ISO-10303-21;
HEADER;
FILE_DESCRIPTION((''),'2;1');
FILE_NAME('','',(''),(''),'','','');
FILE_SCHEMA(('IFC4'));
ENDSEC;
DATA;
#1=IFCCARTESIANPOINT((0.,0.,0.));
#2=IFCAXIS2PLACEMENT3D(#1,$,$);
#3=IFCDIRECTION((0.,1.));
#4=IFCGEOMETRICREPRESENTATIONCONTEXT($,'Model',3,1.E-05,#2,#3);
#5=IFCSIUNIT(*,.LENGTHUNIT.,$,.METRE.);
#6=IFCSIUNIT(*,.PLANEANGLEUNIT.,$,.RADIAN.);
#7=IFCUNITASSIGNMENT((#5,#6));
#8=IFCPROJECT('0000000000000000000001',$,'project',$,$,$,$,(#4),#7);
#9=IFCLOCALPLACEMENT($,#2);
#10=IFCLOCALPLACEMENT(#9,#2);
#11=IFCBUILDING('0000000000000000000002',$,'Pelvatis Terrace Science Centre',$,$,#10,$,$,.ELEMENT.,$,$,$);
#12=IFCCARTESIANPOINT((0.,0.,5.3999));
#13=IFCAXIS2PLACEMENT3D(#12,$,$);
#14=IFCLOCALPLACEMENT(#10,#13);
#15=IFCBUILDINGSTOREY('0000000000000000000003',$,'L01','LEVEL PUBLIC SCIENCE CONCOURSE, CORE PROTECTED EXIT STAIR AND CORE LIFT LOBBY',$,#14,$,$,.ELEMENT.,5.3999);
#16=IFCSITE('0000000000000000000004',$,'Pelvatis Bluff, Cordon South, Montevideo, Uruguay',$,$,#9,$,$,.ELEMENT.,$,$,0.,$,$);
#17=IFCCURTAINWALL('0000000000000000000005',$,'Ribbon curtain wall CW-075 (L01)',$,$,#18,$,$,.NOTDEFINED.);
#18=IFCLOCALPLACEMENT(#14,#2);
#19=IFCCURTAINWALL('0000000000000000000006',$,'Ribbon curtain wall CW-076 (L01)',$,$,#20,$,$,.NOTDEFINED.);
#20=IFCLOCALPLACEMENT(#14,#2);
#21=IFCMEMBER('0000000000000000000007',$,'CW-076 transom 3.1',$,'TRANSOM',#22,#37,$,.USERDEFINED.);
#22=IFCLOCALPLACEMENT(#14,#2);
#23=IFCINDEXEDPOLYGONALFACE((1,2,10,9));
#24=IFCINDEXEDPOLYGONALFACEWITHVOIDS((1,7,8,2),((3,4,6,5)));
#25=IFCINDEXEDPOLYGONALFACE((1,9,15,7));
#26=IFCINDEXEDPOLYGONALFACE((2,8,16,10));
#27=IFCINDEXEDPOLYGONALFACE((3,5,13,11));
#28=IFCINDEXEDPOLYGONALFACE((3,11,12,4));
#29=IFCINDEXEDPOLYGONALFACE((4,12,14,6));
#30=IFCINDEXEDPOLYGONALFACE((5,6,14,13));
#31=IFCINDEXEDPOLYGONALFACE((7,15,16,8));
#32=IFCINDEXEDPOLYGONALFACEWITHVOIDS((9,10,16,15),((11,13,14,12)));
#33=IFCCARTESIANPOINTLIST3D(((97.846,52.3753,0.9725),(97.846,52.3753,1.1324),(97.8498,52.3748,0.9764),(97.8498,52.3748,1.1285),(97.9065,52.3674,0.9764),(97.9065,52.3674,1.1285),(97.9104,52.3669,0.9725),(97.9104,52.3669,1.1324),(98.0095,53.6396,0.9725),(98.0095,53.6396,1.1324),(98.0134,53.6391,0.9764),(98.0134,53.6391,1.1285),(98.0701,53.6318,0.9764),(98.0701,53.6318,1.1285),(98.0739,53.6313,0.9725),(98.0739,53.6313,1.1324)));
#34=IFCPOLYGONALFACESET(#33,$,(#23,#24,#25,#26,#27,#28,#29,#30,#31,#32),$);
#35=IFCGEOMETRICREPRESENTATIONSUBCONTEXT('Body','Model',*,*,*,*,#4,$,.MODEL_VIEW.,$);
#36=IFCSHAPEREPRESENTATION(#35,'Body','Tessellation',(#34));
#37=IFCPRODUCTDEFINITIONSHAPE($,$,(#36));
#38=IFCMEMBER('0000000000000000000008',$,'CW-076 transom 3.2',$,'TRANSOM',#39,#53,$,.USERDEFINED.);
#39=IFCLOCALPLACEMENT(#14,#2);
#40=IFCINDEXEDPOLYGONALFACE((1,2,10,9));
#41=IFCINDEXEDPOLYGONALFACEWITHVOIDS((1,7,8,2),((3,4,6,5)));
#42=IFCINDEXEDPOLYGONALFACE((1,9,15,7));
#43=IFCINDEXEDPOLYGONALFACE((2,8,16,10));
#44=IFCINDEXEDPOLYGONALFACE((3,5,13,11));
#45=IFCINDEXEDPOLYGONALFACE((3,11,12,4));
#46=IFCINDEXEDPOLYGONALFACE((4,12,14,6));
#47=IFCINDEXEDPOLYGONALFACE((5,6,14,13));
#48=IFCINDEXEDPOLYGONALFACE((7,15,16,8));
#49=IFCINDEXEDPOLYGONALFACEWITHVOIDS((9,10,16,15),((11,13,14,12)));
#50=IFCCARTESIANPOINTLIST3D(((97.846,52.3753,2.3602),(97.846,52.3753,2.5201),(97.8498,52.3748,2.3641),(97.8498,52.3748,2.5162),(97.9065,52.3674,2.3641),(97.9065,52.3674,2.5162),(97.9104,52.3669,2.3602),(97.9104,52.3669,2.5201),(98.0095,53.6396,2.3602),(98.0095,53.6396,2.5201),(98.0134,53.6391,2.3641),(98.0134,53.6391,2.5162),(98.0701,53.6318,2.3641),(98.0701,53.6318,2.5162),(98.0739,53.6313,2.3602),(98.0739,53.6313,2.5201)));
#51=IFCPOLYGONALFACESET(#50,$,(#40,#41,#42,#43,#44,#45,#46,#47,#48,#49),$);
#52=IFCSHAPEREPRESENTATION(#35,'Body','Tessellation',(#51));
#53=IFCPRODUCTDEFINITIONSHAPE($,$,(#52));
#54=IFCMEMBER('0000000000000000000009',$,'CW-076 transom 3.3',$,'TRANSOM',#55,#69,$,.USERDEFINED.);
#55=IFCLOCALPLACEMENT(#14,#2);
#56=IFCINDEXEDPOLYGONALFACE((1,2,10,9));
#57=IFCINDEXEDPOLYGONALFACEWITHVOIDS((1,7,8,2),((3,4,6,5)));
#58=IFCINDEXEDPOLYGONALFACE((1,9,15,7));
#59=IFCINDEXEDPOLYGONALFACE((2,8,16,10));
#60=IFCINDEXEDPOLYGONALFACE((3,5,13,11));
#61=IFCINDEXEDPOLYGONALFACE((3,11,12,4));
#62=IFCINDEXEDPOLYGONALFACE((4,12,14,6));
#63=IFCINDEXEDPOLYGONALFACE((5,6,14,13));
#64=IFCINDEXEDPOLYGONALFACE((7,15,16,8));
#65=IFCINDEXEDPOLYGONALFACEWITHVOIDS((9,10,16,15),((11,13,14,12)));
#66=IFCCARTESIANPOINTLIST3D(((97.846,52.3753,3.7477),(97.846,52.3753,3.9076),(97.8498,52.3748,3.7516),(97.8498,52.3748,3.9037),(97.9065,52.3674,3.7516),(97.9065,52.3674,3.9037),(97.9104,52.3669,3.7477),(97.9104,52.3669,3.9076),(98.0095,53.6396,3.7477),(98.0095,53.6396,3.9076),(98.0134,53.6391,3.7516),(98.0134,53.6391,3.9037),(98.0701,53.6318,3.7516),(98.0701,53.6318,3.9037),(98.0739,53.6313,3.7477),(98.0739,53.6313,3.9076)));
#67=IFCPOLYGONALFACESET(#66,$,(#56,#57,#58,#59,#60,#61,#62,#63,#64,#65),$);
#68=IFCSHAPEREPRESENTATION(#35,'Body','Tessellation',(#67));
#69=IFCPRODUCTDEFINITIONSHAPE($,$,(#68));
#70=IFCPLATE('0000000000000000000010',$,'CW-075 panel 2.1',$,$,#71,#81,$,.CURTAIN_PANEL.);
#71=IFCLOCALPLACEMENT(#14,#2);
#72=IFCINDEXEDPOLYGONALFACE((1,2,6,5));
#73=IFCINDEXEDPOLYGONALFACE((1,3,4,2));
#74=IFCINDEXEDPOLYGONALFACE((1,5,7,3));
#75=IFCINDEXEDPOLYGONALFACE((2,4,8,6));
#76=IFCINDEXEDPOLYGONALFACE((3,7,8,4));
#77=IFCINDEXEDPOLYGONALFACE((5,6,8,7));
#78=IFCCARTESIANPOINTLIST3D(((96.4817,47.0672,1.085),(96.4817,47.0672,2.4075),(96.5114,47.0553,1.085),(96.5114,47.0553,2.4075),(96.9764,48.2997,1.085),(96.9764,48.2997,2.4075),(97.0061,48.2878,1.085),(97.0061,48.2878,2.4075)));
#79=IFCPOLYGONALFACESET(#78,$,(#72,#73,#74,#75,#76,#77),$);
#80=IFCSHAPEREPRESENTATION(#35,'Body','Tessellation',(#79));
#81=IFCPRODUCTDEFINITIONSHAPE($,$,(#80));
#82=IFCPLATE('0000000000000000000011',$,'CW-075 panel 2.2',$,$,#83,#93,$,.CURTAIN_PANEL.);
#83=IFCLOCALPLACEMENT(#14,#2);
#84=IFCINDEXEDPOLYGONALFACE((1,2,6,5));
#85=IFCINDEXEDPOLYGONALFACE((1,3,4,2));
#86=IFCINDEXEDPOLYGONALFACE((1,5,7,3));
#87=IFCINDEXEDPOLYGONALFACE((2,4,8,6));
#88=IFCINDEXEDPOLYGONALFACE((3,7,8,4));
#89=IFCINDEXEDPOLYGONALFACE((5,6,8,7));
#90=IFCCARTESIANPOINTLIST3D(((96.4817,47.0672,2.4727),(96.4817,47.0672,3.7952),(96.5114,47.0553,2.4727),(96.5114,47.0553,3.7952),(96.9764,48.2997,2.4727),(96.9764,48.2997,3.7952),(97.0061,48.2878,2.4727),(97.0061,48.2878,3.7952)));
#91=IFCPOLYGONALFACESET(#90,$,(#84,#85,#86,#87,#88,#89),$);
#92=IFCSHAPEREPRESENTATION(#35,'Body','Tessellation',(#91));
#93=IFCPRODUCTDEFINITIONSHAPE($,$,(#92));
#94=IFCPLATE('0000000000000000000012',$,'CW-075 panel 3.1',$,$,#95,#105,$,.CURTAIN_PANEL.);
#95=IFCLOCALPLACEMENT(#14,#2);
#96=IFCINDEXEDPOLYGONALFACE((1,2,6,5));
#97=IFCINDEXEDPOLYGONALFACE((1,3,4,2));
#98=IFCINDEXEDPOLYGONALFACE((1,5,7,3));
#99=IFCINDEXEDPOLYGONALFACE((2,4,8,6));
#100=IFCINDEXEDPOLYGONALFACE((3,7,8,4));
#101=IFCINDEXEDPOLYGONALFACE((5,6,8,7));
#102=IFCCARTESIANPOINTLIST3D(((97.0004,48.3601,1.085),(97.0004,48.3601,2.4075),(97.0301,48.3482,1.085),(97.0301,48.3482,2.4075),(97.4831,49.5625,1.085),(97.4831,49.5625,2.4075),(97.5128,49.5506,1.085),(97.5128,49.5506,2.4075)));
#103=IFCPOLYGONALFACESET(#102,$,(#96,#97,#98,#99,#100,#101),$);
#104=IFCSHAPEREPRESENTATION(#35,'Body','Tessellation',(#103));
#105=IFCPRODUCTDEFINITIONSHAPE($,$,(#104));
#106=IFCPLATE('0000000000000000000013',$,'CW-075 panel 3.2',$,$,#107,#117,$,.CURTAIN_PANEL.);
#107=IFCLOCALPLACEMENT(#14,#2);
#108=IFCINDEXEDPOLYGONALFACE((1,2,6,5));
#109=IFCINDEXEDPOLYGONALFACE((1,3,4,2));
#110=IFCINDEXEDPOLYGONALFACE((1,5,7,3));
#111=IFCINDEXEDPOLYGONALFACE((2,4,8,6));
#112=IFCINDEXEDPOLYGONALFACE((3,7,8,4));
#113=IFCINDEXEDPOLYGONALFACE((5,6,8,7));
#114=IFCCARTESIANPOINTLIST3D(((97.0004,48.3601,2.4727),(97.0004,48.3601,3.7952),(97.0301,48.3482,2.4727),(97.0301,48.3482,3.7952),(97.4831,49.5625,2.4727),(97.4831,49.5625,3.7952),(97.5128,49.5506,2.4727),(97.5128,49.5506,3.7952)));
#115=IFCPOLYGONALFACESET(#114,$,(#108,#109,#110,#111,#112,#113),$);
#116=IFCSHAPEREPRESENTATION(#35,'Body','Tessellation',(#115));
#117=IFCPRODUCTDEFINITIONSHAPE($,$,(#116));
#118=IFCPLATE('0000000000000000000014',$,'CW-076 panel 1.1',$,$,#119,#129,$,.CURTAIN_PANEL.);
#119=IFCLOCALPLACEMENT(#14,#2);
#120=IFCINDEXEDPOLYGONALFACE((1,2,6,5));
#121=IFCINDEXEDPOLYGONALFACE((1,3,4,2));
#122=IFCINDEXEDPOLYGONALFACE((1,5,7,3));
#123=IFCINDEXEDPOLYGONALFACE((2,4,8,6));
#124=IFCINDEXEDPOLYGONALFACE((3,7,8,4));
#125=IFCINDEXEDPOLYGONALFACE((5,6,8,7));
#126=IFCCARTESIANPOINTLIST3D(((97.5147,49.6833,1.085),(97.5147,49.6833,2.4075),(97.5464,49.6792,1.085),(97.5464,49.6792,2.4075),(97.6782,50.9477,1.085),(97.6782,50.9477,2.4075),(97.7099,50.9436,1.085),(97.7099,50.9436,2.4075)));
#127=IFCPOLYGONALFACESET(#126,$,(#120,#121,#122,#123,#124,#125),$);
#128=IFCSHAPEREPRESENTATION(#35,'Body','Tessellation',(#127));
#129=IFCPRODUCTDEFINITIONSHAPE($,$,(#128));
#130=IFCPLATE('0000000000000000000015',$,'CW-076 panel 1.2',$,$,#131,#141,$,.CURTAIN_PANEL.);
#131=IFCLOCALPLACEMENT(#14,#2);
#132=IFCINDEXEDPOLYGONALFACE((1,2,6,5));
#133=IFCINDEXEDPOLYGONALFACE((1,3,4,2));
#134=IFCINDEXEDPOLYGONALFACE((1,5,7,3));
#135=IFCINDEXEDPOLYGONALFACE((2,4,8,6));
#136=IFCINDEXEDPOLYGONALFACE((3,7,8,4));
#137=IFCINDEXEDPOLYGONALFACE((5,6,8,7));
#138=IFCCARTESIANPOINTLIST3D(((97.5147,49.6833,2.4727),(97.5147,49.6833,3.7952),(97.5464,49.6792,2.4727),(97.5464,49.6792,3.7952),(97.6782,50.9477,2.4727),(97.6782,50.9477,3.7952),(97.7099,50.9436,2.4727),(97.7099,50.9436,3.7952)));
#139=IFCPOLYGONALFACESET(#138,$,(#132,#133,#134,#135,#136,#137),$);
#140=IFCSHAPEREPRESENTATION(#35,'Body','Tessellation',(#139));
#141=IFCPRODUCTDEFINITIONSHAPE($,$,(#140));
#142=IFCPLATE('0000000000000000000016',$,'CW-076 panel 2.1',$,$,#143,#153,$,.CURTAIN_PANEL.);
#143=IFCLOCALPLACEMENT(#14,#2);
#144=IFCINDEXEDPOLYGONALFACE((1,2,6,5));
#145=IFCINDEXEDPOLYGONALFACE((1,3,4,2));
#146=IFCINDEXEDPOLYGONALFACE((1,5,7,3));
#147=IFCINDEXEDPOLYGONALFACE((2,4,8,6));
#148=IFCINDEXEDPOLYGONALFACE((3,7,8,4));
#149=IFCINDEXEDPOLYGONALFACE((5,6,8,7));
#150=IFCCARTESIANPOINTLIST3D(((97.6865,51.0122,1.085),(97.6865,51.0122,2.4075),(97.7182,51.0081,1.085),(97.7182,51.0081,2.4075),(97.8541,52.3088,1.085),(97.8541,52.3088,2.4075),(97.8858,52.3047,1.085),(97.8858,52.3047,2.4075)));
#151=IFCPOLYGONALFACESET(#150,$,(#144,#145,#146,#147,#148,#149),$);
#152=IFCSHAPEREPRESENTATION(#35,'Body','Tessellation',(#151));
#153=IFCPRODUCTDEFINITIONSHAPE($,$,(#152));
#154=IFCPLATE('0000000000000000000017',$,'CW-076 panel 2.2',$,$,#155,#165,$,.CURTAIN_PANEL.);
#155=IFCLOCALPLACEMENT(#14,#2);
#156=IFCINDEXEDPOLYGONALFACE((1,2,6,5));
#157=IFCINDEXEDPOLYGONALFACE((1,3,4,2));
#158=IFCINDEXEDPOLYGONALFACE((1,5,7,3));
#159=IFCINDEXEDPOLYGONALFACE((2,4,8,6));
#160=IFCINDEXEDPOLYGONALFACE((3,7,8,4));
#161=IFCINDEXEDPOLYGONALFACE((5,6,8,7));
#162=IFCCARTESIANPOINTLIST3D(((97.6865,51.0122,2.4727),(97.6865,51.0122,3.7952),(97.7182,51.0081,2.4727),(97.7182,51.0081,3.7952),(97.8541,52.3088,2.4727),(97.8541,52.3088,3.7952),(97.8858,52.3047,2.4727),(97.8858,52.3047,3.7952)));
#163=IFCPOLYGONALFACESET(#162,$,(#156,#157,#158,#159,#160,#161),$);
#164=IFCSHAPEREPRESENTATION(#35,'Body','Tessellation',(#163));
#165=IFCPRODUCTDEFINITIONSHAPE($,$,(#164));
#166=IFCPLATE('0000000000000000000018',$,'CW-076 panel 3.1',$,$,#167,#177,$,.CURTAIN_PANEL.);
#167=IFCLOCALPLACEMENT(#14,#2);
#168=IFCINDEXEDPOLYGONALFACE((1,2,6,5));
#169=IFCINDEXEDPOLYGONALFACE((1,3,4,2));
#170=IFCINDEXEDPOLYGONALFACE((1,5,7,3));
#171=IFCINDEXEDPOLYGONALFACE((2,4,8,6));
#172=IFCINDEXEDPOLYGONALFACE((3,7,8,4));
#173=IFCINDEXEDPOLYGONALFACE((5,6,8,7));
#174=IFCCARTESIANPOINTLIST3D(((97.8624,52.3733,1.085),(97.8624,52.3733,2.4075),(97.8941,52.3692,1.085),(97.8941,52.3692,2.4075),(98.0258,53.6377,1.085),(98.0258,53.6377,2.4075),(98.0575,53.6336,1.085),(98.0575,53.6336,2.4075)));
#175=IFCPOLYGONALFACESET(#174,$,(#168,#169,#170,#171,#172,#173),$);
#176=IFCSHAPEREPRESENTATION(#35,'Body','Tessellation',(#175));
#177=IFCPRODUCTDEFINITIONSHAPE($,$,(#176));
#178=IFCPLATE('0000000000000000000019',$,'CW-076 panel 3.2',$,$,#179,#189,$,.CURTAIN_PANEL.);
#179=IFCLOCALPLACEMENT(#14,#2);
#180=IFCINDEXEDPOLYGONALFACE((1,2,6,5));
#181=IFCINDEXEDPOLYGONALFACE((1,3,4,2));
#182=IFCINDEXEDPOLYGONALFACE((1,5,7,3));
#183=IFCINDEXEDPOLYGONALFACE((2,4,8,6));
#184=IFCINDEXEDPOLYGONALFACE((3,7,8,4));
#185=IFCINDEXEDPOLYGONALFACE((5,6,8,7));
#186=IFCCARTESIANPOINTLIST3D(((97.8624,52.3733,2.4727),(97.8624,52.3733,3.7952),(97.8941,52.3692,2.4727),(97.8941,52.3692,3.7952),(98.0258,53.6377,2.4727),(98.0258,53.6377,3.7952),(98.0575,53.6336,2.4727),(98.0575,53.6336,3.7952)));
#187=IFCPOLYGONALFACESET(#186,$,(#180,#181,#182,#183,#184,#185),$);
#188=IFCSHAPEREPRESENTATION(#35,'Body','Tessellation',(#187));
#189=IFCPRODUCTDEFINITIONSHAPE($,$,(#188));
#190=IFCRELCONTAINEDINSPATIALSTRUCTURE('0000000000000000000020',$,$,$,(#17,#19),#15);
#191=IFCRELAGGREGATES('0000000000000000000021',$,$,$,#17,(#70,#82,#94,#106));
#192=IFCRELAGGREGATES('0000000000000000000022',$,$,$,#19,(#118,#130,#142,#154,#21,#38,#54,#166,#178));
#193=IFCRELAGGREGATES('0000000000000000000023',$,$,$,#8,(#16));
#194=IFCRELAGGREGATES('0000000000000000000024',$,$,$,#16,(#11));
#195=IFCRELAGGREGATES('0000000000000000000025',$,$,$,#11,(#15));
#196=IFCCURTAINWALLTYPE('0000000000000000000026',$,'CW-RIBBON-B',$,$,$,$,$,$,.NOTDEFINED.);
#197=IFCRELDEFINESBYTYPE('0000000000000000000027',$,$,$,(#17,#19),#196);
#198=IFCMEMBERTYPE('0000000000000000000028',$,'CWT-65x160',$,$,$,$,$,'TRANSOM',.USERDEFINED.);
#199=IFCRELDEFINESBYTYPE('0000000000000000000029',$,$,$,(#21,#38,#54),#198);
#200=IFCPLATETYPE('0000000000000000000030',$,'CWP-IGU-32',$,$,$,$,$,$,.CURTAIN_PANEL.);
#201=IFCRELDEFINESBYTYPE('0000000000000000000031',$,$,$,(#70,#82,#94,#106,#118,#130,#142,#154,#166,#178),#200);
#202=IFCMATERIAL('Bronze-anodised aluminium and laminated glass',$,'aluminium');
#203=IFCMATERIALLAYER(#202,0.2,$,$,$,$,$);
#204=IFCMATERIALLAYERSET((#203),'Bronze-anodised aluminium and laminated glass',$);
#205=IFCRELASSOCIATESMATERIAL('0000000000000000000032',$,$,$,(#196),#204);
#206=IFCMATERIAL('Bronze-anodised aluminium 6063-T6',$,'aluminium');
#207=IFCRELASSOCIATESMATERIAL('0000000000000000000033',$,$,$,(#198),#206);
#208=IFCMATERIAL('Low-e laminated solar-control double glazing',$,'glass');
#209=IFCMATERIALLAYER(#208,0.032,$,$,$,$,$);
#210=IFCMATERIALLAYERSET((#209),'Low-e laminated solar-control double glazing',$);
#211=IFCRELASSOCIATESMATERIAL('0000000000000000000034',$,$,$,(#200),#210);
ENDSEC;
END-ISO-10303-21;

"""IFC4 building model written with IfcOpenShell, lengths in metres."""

from ifc_helpers import new_model, si_unit, direction, frame, origin, origin_2d, place, context, subcontext, project, spatial, rectangle, hollow_rectangle, extrude, material, layer, layer_set, material_profile, profile_set, type_object, element, aggregate, save


model = new_model("IFC4")

# Units and contexts
model_context = context("Model", 3, precision=1e-05, world=origin(), true_north=direction((0.0, 1.0)))
body_context = subcontext(model_context, "Body", "Model", "MODEL_VIEW")
ifc_project = project(units=[si_unit("LENGTHUNIT", "METRE"), si_unit("PLANEANGLEUNIT", "RADIAN")], contexts=[model_context])

# Site, building, storey
site_placement = place(None, origin())
site = spatial("IfcSite", under=ifc_project, at=site_placement, Name="Pelvatis Bluff, Cordon South, Montevideo, Uruguay", CompositionType="ELEMENT", RefElevation=0.0)
building_placement = place(site_placement, origin())
building = spatial("IfcBuilding", under=site, at=building_placement, Name="Pelvatis Terrace Science Centre", CompositionType="ELEMENT")
storey_placement = place(building_placement, frame((0.0, 0.0, 5.3999)))
storey = spatial("IfcBuildingStorey", under=building, at=storey_placement, Name="L01", Description="LEVEL PUBLIC SCIENCE CONCOURSE, CORE PROTECTED EXIT STAIR AND CORE LIFT LOBBY", CompositionType="ELEMENT", Elevation=5.3999)

# Curtain walls
ifc_material_1 = material(Name="Bronze-anodised aluminium and laminated glass", Category="aluminium")
ifc_layer_1 = layer(ifc_material_1, 0.2)
ifc_layer_set_1 = layer_set([ifc_layer_1], Name="Bronze-anodised aluminium and laminated glass")
curtain_wall_type = type_object("IfcCurtainWallType", Name="CW-RIBBON-B", PredefinedType="NOTDEFINED", material=ifc_layer_set_1)
curtain_wall_1_placement = place(storey_placement, origin())
curtain_wall_1 = element("IfcCurtainWall", 1, at=curtain_wall_1_placement, inside=storey, type_object=curtain_wall_type, Name="Ribbon curtain wall CW-075 (L01)", PredefinedType="NOTDEFINED")
curtain_wall_2_placement = place(storey_placement, origin())
curtain_wall_2 = element("IfcCurtainWall", 2, at=curtain_wall_2_placement, inside=storey, type_object=curtain_wall_type, Name="Ribbon curtain wall CW-076 (L01)", PredefinedType="NOTDEFINED")

# Members
ifc_material_2 = material(Name="Bronze-anodised aluminium 6063-T6", Category="aluminium")
ifc_material_profile_1 = material_profile(ifc_material_2, hollow_rectangle(XDim=0.0649, YDim=0.1599, WallThickness=0.0039, at=origin_2d()), Name="ALU-TRN 65x160")
ifc_profile_set_1 = profile_set([ifc_material_profile_1], Name="Bronze-anodised aluminium 6063-T6")
member_type_1 = type_object("IfcMemberType", Name="CWT-65x160", ElementType="TRANSOM", PredefinedType="USERDEFINED", material=ifc_profile_set_1)
member_1_placement = place(storey_placement, frame((97.8782, 52.3711, 1.0525), z_axis=(0.128299, 0.991735, 0.0), x_axis=(-0.991735, 0.128299, 0.0)))
member_1 = element("IfcMember", 3, at=member_1_placement, type_object=member_type_1, Name="CW-076 transom 3.1", ObjectType="TRANSOM", PredefinedType="USERDEFINED", context=body_context, shape_type="SweptSolid", body=[
    extrude(hollow_rectangle(XDim=0.0649, YDim=0.1599, WallThickness=0.0039, at=origin_2d()), origin(), (0.0, 0.0, 1.0), 1.2749),
])
member_2_placement = place(storey_placement, frame((97.8782, 52.3711, 2.4402), z_axis=(0.128299, 0.991735, 0.0), x_axis=(-0.991735, 0.128299, 0.0)))
member_2 = element("IfcMember", 4, at=member_2_placement, type_object=member_type_1, Name="CW-076 transom 3.2", ObjectType="TRANSOM", PredefinedType="USERDEFINED", context=body_context, shape_type="SweptSolid", body=[
    extrude(hollow_rectangle(XDim=0.0649, YDim=0.1599, WallThickness=0.0039, at=origin_2d()), origin(), (0.0, 0.0, 1.0), 1.2749),
])
member_3_placement = place(storey_placement, frame((97.8782, 52.3711, 3.8276), z_axis=(0.128299, 0.991735, 0.0), x_axis=(-0.991735, 0.128299, 0.0)))
member_3 = element("IfcMember", 5, at=member_3_placement, type_object=member_type_1, Name="CW-076 transom 3.3", ObjectType="TRANSOM", PredefinedType="USERDEFINED", context=body_context, shape_type="SweptSolid", body=[
    extrude(hollow_rectangle(XDim=0.0649, YDim=0.1599, WallThickness=0.0039, at=origin_2d()), origin(), (0.0, 0.0, 1.0), 1.2749),
])

# Plates
ifc_material_3 = material(Name="Low-e laminated solar-control double glazing", Category="glass")
ifc_layer_2 = layer(ifc_material_3, 0.032)
ifc_layer_set_2 = layer_set([ifc_layer_2], Name="Low-e laminated solar-control double glazing")
plate_type = type_object("IfcPlateType", Name="CWP-IGU-32", PredefinedType="CURTAIN_PANEL", material=ifc_layer_set_2)
plate_1_placement = place(storey_placement, frame((96.7439, 47.6775, 1.085), z_axis=(0.0, 0.0, 1.0), x_axis=(0.372504, 0.92803, 0.0)))
plate_1 = element("IfcPlate", 6, at=plate_1_placement, type_object=plate_type, Name="CW-075 panel 2.1", PredefinedType="CURTAIN_PANEL", context=body_context, shape_type="SweptSolid", body=[
    extrude(rectangle(XDim=1.3281, YDim=0.032, at=origin_2d()), origin(), (0.0, 0.0, 1.0), 1.3225),
])
plate_2_placement = place(storey_placement, frame((96.7439, 47.6775, 2.4727), z_axis=(0.0, 0.0, 1.0), x_axis=(0.372504, 0.92803, 0.0)))
plate_2 = element("IfcPlate", 7, at=plate_2_placement, type_object=plate_type, Name="CW-075 panel 2.2", PredefinedType="CURTAIN_PANEL", context=body_context, shape_type="SweptSolid", body=[
    extrude(rectangle(XDim=1.3281, YDim=0.032, at=origin_2d()), origin(), (0.0, 0.0, 1.0), 1.3225),
])
plate_3_placement = place(storey_placement, frame((97.2566, 48.9553, 1.085), z_axis=(0.0, 0.0, 1.0), x_axis=(0.372504, 0.92803, 0.0)))
plate_3 = element("IfcPlate", 8, at=plate_3_placement, type_object=plate_type, Name="CW-075 panel 3.1", PredefinedType="CURTAIN_PANEL", context=body_context, shape_type="SweptSolid", body=[
    extrude(rectangle(XDim=1.2957, YDim=0.032, at=origin_2d()), origin(), (0.0, 0.0, 1.0), 1.3225),
])
plate_4_placement = place(storey_placement, frame((97.2566, 48.9553, 2.4727), z_axis=(0.0, 0.0, 1.0), x_axis=(0.372504, 0.92803, 0.0)))
plate_4 = element("IfcPlate", 9, at=plate_4_placement, type_object=plate_type, Name="CW-075 panel 3.2", PredefinedType="CURTAIN_PANEL", context=body_context, shape_type="SweptSolid", body=[
    extrude(rectangle(XDim=1.2957, YDim=0.032, at=origin_2d()), origin(), (0.0, 0.0, 1.0), 1.3225),
])
aggregate(curtain_wall_1, [plate_1, plate_2, plate_3, plate_4])
plate_5_placement = place(storey_placement, frame((97.6123, 50.3135, 1.085), z_axis=(0.0, 0.0, 1.0), x_axis=(0.128192, 0.991749, 0.0)))
plate_5 = element("IfcPlate", 10, at=plate_5_placement, type_object=plate_type, Name="CW-076 panel 1.1", PredefinedType="CURTAIN_PANEL", context=body_context, shape_type="SweptSolid", body=[
    extrude(rectangle(XDim=1.2749, YDim=0.032, at=origin_2d()), origin(), (0.0, 0.0, 1.0), 1.3225),
])
plate_6_placement = place(storey_placement, frame((97.6123, 50.3135, 2.4727), z_axis=(0.0, 0.0, 1.0), x_axis=(0.128192, 0.991749, 0.0)))
plate_6 = element("IfcPlate", 11, at=plate_6_placement, type_object=plate_type, Name="CW-076 panel 1.2", PredefinedType="CURTAIN_PANEL", context=body_context, shape_type="SweptSolid", body=[
    extrude(rectangle(XDim=1.2749, YDim=0.032, at=origin_2d()), origin(), (0.0, 0.0, 1.0), 1.3225),
])
plate_7_placement = place(storey_placement, frame((97.7861, 51.6584, 1.085), z_axis=(0.0, 0.0, 1.0), x_axis=(0.128192, 0.991749, 0.0)))
plate_7 = element("IfcPlate", 12, at=plate_7_placement, type_object=plate_type, Name="CW-076 panel 2.1", PredefinedType="CURTAIN_PANEL", context=body_context, shape_type="SweptSolid", body=[
    extrude(rectangle(XDim=1.3074, YDim=0.032, at=origin_2d()), origin(), (0.0, 0.0, 1.0), 1.3225),
])
plate_8_placement = place(storey_placement, frame((97.7861, 51.6584, 2.4727), z_axis=(0.0, 0.0, 1.0), x_axis=(0.128192, 0.991749, 0.0)))
plate_8 = element("IfcPlate", 13, at=plate_8_placement, type_object=plate_type, Name="CW-076 panel 2.2", PredefinedType="CURTAIN_PANEL", context=body_context, shape_type="SweptSolid", body=[
    extrude(rectangle(XDim=1.3074, YDim=0.032, at=origin_2d()), origin(), (0.0, 0.0, 1.0), 1.3225),
])
plate_9_placement = place(storey_placement, frame((97.96, 53.0034, 1.085), z_axis=(0.0, 0.0, 1.0), x_axis=(0.128192, 0.991749, 0.0)))
plate_9 = element("IfcPlate", 14, at=plate_9_placement, type_object=plate_type, Name="CW-076 panel 3.1", PredefinedType="CURTAIN_PANEL", context=body_context, shape_type="SweptSolid", body=[
    extrude(rectangle(XDim=1.2749, YDim=0.032, at=origin_2d()), origin(), (0.0, 0.0, 1.0), 1.3225),
])
plate_10_placement = place(storey_placement, frame((97.96, 53.0034, 2.4727), z_axis=(0.0, 0.0, 1.0), x_axis=(0.128192, 0.991749, 0.0)))
plate_10 = element("IfcPlate", 15, at=plate_10_placement, type_object=plate_type, Name="CW-076 panel 3.2", PredefinedType="CURTAIN_PANEL", context=body_context, shape_type="SweptSolid", body=[
    extrude(rectangle(XDim=1.2749, YDim=0.032, at=origin_2d()), origin(), (0.0, 0.0, 1.0), 1.3225),
])
aggregate(curtain_wall_2, [plate_5, plate_6, plate_7, plate_8, member_1, member_2, member_3, plate_9, plate_10])

save(model, "model.ifc")
